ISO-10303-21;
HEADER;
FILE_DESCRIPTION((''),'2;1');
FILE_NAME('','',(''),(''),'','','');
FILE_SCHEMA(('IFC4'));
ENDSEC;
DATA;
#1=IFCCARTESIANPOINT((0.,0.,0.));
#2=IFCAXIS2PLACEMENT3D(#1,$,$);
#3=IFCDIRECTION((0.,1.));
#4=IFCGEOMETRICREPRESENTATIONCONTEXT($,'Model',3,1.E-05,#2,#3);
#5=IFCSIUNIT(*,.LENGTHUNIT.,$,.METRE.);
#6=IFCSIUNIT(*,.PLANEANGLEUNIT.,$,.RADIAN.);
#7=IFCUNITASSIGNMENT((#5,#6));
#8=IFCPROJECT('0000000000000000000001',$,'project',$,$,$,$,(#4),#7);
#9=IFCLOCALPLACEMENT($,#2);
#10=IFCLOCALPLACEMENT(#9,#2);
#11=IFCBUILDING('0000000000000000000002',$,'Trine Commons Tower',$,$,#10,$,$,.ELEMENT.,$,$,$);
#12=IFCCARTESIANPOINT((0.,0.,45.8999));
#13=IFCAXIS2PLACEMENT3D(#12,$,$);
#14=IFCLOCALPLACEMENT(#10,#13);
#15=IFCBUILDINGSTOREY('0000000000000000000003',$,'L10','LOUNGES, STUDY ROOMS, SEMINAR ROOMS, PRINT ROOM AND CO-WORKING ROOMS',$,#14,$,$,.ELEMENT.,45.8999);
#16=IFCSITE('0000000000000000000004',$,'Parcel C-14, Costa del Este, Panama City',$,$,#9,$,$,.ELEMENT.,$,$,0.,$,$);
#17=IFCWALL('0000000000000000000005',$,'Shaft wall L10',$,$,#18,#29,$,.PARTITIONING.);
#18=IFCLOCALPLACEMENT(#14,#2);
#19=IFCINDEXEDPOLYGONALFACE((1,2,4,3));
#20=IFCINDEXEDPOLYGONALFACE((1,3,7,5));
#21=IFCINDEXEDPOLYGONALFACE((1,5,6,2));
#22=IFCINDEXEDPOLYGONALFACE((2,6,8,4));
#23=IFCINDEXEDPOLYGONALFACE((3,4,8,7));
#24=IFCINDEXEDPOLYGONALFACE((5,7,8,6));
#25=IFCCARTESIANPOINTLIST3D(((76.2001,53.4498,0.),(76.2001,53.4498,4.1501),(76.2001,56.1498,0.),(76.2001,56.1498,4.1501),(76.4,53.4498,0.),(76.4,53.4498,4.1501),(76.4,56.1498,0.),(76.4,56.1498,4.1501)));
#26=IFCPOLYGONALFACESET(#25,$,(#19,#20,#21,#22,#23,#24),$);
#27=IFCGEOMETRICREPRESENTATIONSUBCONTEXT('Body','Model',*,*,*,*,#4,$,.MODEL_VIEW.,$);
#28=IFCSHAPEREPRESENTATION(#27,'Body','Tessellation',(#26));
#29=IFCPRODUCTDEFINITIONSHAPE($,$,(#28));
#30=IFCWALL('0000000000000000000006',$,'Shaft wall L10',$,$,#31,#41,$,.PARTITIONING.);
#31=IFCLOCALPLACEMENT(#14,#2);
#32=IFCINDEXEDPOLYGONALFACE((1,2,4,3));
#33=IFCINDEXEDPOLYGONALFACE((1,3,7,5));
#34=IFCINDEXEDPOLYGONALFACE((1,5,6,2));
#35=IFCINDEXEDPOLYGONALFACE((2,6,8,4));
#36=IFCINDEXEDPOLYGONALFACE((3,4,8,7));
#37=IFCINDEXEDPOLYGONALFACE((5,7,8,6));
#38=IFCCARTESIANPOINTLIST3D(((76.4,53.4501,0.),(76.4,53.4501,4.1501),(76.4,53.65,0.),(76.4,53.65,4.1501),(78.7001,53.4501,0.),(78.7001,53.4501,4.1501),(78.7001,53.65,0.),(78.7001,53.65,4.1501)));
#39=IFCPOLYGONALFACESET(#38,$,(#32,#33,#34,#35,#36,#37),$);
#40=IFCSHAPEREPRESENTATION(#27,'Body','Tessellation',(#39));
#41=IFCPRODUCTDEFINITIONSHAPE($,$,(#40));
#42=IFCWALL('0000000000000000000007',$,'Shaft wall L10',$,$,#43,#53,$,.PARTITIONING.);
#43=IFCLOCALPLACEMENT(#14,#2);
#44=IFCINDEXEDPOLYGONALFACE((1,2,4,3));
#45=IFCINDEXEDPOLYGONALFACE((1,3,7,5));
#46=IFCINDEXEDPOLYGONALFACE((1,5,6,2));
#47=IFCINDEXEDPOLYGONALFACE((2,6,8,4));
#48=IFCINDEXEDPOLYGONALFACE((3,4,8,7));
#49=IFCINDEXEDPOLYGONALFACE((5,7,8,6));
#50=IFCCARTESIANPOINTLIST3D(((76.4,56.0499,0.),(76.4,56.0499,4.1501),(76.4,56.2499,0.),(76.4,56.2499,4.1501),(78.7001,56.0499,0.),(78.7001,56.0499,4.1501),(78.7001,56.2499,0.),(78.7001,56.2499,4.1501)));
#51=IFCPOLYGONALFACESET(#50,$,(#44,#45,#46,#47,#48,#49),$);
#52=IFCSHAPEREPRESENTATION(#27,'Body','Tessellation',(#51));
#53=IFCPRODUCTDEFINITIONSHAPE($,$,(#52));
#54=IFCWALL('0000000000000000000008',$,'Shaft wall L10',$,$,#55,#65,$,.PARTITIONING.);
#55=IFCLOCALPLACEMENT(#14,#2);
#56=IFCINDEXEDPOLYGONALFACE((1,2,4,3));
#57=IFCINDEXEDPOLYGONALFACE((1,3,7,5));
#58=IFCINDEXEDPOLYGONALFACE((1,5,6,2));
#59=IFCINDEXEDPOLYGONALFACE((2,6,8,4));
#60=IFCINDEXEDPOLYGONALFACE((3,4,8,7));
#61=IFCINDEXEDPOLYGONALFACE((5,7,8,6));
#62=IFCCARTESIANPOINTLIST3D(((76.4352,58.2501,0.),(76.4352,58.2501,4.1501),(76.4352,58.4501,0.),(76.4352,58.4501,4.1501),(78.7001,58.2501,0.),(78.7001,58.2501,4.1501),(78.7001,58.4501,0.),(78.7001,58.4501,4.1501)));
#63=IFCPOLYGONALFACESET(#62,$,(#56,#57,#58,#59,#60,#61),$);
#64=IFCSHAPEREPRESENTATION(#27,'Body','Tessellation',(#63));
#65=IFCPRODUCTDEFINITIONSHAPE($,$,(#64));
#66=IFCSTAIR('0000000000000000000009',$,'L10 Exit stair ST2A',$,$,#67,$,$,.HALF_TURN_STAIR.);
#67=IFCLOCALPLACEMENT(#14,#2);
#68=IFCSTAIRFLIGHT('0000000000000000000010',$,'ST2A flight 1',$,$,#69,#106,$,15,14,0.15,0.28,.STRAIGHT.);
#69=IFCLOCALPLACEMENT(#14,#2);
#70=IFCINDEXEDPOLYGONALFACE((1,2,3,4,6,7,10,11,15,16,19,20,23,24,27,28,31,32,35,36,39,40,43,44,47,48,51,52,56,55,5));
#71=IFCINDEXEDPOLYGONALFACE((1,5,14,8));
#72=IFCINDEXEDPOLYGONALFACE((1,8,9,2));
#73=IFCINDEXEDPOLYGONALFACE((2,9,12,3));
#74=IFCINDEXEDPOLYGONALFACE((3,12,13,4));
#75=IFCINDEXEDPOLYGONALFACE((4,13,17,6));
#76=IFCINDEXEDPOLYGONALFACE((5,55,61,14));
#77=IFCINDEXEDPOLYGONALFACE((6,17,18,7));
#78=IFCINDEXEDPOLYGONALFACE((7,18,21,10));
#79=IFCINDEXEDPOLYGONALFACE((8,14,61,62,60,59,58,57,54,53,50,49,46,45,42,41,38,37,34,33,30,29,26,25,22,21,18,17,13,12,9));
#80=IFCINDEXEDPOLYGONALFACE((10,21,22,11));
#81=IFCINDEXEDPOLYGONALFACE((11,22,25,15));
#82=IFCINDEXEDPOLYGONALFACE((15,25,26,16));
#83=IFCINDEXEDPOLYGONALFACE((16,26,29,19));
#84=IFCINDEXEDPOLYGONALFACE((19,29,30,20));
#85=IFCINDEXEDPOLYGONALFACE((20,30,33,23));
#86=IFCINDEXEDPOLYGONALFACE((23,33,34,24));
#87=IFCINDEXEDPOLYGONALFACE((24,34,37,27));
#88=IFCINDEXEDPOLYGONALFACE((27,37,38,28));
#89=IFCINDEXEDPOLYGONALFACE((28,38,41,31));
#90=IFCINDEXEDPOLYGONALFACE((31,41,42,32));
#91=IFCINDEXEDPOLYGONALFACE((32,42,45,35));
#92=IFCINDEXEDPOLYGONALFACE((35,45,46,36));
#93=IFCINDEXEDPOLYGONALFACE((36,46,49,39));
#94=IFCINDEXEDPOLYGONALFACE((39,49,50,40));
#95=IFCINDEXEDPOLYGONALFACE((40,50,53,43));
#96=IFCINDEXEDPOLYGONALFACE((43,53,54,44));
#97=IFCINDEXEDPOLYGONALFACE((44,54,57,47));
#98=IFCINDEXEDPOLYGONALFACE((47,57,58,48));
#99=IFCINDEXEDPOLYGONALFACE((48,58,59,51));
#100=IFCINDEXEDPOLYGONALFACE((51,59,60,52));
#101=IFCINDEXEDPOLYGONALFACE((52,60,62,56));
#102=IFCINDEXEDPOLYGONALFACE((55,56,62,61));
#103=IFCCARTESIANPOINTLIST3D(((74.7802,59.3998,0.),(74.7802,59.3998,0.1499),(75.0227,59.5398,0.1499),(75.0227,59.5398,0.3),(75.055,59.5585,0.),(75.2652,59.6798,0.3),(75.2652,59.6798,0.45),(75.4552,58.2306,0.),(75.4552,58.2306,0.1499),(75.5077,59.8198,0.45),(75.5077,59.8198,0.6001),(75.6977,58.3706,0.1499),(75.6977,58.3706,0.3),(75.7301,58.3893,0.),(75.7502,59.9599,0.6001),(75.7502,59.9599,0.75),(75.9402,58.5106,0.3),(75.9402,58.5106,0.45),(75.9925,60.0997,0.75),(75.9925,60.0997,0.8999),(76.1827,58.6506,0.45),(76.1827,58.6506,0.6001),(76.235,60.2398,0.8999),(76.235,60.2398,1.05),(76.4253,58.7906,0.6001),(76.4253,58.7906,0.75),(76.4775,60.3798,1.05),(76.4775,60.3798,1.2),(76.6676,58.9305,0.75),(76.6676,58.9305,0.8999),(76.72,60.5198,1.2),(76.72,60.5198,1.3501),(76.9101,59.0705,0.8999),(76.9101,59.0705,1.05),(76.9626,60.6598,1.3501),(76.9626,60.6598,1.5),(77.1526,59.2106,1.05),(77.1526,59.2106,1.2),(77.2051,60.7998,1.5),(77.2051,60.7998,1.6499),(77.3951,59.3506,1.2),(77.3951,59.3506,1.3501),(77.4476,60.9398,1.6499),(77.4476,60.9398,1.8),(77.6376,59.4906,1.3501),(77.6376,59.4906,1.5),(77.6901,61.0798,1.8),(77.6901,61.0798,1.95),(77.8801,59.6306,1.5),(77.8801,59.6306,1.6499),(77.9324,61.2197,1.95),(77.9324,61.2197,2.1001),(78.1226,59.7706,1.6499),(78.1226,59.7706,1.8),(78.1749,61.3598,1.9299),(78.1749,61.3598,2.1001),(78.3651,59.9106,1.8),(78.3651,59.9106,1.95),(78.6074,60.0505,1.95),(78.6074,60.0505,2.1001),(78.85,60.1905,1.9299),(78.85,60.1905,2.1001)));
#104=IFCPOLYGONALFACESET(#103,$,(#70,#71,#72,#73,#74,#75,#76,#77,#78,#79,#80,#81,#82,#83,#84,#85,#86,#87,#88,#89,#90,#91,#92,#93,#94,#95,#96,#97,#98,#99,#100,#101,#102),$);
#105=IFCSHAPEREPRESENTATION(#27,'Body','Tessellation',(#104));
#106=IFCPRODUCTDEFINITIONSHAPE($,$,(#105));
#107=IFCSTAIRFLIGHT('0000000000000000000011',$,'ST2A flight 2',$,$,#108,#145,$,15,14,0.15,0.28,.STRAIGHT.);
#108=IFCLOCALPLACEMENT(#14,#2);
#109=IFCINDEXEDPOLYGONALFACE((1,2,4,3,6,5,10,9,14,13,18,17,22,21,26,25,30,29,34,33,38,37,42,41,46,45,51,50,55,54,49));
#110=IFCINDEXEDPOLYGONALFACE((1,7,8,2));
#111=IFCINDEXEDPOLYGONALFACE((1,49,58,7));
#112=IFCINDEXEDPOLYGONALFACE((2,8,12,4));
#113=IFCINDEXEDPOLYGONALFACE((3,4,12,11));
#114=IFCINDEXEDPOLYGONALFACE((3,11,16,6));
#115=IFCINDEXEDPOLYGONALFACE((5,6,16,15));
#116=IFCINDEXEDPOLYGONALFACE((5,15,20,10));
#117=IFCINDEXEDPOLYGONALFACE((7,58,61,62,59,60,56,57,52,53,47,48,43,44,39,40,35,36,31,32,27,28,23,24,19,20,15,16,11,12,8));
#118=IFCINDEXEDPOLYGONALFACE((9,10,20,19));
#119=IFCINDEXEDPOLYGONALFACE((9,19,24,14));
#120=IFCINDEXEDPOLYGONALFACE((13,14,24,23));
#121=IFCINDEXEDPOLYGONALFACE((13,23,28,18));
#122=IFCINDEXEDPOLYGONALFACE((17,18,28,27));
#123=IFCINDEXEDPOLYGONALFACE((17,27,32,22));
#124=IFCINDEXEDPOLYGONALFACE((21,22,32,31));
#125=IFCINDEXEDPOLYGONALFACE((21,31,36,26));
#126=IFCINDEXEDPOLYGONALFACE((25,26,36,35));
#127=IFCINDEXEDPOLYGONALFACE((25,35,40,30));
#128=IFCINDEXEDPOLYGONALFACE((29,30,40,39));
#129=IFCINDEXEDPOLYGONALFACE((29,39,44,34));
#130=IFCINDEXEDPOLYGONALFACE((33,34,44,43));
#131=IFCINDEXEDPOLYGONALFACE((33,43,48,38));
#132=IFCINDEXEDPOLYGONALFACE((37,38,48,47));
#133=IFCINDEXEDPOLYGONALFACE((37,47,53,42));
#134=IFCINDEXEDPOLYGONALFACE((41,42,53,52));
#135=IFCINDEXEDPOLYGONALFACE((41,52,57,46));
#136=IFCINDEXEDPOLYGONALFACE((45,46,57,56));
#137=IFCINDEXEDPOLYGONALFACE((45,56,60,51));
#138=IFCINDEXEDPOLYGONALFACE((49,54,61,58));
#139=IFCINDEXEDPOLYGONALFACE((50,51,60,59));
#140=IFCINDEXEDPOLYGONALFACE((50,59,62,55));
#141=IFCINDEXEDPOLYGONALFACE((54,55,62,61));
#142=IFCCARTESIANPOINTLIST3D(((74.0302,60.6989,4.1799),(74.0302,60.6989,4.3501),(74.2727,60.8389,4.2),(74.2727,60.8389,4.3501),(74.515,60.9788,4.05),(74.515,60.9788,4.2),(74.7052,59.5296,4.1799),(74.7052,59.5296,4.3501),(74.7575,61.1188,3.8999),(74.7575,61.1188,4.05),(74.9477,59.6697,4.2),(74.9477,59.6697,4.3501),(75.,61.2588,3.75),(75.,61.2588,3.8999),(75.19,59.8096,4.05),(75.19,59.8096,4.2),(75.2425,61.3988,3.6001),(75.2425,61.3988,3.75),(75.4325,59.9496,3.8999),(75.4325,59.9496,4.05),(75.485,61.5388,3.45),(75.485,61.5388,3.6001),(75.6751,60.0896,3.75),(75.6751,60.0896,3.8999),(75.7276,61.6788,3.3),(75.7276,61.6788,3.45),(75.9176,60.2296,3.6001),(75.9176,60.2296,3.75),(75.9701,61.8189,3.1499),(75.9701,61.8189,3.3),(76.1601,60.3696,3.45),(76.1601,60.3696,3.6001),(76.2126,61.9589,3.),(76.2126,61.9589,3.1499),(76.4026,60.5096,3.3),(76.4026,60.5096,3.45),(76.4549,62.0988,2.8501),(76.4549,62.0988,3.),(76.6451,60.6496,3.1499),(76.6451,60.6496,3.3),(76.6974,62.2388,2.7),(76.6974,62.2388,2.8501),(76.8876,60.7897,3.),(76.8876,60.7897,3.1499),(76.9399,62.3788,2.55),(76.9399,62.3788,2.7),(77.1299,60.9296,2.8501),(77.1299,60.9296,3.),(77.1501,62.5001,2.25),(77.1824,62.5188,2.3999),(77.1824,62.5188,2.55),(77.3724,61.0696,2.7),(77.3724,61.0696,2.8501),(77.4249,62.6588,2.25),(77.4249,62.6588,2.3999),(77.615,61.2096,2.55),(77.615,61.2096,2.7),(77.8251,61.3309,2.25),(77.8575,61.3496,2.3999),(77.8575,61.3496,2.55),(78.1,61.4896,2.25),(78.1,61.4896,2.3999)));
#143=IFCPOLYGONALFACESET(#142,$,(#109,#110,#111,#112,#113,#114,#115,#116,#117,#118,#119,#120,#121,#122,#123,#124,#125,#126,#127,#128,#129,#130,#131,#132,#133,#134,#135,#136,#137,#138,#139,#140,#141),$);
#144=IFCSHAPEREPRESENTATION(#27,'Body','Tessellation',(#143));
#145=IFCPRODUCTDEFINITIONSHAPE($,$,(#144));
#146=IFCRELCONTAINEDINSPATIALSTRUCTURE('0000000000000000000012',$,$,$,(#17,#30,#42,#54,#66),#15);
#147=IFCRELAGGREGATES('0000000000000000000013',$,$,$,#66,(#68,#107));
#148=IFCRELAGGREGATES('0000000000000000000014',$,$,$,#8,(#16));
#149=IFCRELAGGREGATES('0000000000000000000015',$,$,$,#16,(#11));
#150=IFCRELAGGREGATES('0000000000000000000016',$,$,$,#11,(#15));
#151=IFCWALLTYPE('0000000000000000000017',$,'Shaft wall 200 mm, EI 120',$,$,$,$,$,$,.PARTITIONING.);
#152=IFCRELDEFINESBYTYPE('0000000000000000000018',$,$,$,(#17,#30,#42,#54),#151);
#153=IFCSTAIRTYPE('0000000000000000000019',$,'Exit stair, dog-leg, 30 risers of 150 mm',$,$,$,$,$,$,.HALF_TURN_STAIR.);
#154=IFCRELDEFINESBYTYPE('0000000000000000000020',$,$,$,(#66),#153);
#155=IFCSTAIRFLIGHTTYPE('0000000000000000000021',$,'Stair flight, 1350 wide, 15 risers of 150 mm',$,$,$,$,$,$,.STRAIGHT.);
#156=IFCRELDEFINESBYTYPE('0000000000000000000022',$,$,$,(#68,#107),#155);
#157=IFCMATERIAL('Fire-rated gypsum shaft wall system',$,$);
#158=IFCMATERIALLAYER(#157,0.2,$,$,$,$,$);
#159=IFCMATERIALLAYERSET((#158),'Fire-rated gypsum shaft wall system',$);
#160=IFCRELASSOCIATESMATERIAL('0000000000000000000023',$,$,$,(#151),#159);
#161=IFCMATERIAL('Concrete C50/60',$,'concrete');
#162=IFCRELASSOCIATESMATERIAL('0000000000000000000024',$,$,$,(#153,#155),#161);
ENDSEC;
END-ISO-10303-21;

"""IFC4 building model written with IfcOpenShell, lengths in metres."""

from ifc_helpers import new_model, si_unit, direction, frame, frame_2d, origin, place, context, subcontext, project, spatial, polyline, rectangle, outline, extrude, material, layer, layer_set, type_object, element, aggregate, save


model = new_model("IFC4")

# Units and contexts
model_context = context("Model", 3, precision=1e-05, world=origin(), true_north=direction((0.0, 1.0)))
body_context = subcontext(model_context, "Body", "Model", "MODEL_VIEW")
ifc_project = project(units=[si_unit("LENGTHUNIT", "METRE"), si_unit("PLANEANGLEUNIT", "RADIAN")], contexts=[model_context])

# Site, building, storey
site_placement = place(None, origin())
site = spatial("IfcSite", under=ifc_project, at=site_placement, Name="Parcel C-14, Costa del Este, Panama City", CompositionType="ELEMENT", RefElevation=0.0)
building_placement = place(site_placement, origin())
building = spatial("IfcBuilding", under=site, at=building_placement, Name="Trine Commons Tower", CompositionType="ELEMENT")
storey_placement = place(building_placement, frame((0.0, 0.0, 45.8999)))
storey = spatial("IfcBuildingStorey", under=building, at=storey_placement, Name="L10", Description="LOUNGES, STUDY ROOMS, SEMINAR ROOMS, PRINT ROOM AND CO-WORKING ROOMS", CompositionType="ELEMENT", Elevation=45.8999)

# Shared definitions
ifc_material_1 = material(Name="Fire-rated gypsum shaft wall system")

# Walls
ifc_layer_1 = layer(ifc_material_1, 0.2)
ifc_layer_set_1 = layer_set([ifc_layer_1], Name="Fire-rated gypsum shaft wall system")
wall_type_1 = type_object("IfcWallType", Name="Shaft wall 200 mm, EI 120", PredefinedType="PARTITIONING", material=ifc_layer_set_1)
wall_1_placement = place(storey_placement, frame((76.3, 56.1499, 0.0), z_axis=(0.0, 0.0, 1.0), x_axis=(0.0, -1.0, 0.0)))
element("IfcWall", 1, at=wall_1_placement, inside=storey, type_object=wall_type_1, Name="Shaft wall L10", PredefinedType="PARTITIONING", context=body_context, shape_type="SweptSolid", body=[
    extrude(rectangle(XDim=2.7, YDim=0.2, at=frame_2d((1.3501, 0.0))), origin(), (0.0, 0.0, 1.0), 4.1501),
])
for number, where, z_axis, x_axis, name in (
    (2, (78.7, 53.55, 0.0), (0.0, 0.0, 1.0), (-1.0, 0.0, 0.0), "Shaft wall L10"),
    (3, (78.7, 56.1499, 0.0), (0.0, 0.0, 1.0), (-1.0, 0.0, 0.0), "Shaft wall L10"),
):
    element("IfcWall", number, at=place(storey_placement, frame(where, z_axis=z_axis, x_axis=x_axis)), inside=storey, type_object=wall_type_1, Name=name, PredefinedType="PARTITIONING", context=body_context, shape_type="SweptSolid", body=[
        extrude(rectangle(XDim=2.3, YDim=0.2, at=frame_2d((1.1499, 0.0))), origin(), (0.0, 0.0, 1.0), 4.1501),
    ])
wall_2_placement = place(storey_placement, frame((78.7, 58.3501, 0.0), z_axis=(0.0, 0.0, 1.0), x_axis=(-1.0, 0.0, 0.0)))
element("IfcWall", 4, at=wall_2_placement, inside=storey, type_object=wall_type_1, Name="Shaft wall L10", PredefinedType="PARTITIONING", context=body_context, shape_type="SweptSolid", body=[
    extrude(rectangle(XDim=2.2649, YDim=0.2, at=frame_2d((1.1323, 0.0))), origin(), (0.0, 0.0, 1.0), 4.1501),
])

# Stair, stair flights
ifc_material_2 = material(Name="Concrete C50/60", Category="concrete")
stair_type = type_object("IfcStairType", Name="Exit stair, dog-leg, 30 risers of 150 mm", PredefinedType="HALF_TURN_STAIR", material=ifc_material_2)
stair_placement = place(storey_placement, origin())
stair = element("IfcStair", 5, at=stair_placement, inside=storey, type_object=stair_type, Name="L10 Exit stair ST2A", PredefinedType="HALF_TURN_STAIR")
stair_flight_type = type_object("IfcStairFlightType", Name="Stair flight, 1350 wide, 15 risers of 150 mm", PredefinedType="STRAIGHT", material=ifc_material_2)
stair_flight_1_placement = place(storey_placement, frame((75.1177, 58.8152, 0.0), z_axis=(0.0, 0.0, 1.0), x_axis=(0.866025, 0.5, 0.0)))
stair_flight_1 = element("IfcStairFlight", 6, at=stair_flight_1_placement, type_object=stair_flight_type, Name="ST2A flight 1", NumberOfRisers=15, NumberOfTreads=14, PredefinedType="STRAIGHT", RiserHeight=0.15, TreadLength=0.28, context=body_context, shape_type="SweptSolid", body=[
    extrude(outline(polyline([(0.0, 0.0), (0.0, 0.1499), (0.28, 0.1499), (0.28, 0.3), (0.5601, 0.3), (0.5601, 0.45), (0.8401, 0.45), (0.8401, 0.6001), (1.1201, 0.6001), (1.1201, 0.75), (1.3999, 0.75), (1.3999, 0.8999), (1.6799, 0.8999), (1.6799, 1.05), (1.96, 1.05), (1.96, 1.2), (2.24, 1.2), (2.24, 1.3501), (2.52, 1.3501), (2.52, 1.5), (2.8, 1.5), (2.8, 1.6499), (3.0801, 1.6499), (3.0801, 1.8), (3.3601, 1.8), (3.3601, 1.95), (3.6399, 1.95), (3.6399, 2.1001), (3.9199, 2.1001), (3.9199, 2.25), (3.9199, 1.9299), (0.3174, 0.0), (0.0, 0.0)])), frame((0.0, 0.675, 0.0), z_axis=(0.0, -1.0, 0.0), x_axis=(1.0, 0.0, 0.0)), (0.0, 0.0, 1.0), 1.3501),
])
stair_flight_2_placement = place(storey_placement, frame((77.7625, 62.0742, 2.25), z_axis=(0.0, 0.0, 1.0), x_axis=(-0.866025, -0.5, 0.0)))
stair_flight_2 = element("IfcStairFlight", 7, at=stair_flight_2_placement, type_object=stair_flight_type, Name="ST2A flight 2", NumberOfRisers=15, NumberOfTreads=14, PredefinedType="STRAIGHT", RiserHeight=0.15, TreadLength=0.28, context=body_context, shape_type="SweptSolid", body=[
    extrude(outline(polyline([(0.0, 0.0), (0.0, 0.1499), (0.28, 0.1499), (0.28, 0.3), (0.5601, 0.3), (0.5601, 0.45), (0.8401, 0.45), (0.8401, 0.6001), (1.1201, 0.6001), (1.1201, 0.75), (1.3999, 0.75), (1.3999, 0.8999), (1.6799, 0.8999), (1.6799, 1.05), (1.96, 1.05), (1.96, 1.2), (2.24, 1.2), (2.24, 1.3501), (2.52, 1.3501), (2.52, 1.5), (2.8, 1.5), (2.8, 1.6499), (3.0801, 1.6499), (3.0801, 1.8), (3.3601, 1.8), (3.3601, 1.95), (3.6399, 1.95), (3.6399, 2.1001), (3.9199, 2.1001), (3.9199, 2.25), (3.9199, 1.9299), (0.3174, 0.0), (0.0, 0.0)])), frame((0.0, 0.675, 0.0), z_axis=(0.0, -1.0, 0.0), x_axis=(1.0, 0.0, 0.0)), (0.0, 0.0, 1.0), 1.3501),
])
aggregate(stair, [stair_flight_1, stair_flight_2])

save(model, "model.ifc")
